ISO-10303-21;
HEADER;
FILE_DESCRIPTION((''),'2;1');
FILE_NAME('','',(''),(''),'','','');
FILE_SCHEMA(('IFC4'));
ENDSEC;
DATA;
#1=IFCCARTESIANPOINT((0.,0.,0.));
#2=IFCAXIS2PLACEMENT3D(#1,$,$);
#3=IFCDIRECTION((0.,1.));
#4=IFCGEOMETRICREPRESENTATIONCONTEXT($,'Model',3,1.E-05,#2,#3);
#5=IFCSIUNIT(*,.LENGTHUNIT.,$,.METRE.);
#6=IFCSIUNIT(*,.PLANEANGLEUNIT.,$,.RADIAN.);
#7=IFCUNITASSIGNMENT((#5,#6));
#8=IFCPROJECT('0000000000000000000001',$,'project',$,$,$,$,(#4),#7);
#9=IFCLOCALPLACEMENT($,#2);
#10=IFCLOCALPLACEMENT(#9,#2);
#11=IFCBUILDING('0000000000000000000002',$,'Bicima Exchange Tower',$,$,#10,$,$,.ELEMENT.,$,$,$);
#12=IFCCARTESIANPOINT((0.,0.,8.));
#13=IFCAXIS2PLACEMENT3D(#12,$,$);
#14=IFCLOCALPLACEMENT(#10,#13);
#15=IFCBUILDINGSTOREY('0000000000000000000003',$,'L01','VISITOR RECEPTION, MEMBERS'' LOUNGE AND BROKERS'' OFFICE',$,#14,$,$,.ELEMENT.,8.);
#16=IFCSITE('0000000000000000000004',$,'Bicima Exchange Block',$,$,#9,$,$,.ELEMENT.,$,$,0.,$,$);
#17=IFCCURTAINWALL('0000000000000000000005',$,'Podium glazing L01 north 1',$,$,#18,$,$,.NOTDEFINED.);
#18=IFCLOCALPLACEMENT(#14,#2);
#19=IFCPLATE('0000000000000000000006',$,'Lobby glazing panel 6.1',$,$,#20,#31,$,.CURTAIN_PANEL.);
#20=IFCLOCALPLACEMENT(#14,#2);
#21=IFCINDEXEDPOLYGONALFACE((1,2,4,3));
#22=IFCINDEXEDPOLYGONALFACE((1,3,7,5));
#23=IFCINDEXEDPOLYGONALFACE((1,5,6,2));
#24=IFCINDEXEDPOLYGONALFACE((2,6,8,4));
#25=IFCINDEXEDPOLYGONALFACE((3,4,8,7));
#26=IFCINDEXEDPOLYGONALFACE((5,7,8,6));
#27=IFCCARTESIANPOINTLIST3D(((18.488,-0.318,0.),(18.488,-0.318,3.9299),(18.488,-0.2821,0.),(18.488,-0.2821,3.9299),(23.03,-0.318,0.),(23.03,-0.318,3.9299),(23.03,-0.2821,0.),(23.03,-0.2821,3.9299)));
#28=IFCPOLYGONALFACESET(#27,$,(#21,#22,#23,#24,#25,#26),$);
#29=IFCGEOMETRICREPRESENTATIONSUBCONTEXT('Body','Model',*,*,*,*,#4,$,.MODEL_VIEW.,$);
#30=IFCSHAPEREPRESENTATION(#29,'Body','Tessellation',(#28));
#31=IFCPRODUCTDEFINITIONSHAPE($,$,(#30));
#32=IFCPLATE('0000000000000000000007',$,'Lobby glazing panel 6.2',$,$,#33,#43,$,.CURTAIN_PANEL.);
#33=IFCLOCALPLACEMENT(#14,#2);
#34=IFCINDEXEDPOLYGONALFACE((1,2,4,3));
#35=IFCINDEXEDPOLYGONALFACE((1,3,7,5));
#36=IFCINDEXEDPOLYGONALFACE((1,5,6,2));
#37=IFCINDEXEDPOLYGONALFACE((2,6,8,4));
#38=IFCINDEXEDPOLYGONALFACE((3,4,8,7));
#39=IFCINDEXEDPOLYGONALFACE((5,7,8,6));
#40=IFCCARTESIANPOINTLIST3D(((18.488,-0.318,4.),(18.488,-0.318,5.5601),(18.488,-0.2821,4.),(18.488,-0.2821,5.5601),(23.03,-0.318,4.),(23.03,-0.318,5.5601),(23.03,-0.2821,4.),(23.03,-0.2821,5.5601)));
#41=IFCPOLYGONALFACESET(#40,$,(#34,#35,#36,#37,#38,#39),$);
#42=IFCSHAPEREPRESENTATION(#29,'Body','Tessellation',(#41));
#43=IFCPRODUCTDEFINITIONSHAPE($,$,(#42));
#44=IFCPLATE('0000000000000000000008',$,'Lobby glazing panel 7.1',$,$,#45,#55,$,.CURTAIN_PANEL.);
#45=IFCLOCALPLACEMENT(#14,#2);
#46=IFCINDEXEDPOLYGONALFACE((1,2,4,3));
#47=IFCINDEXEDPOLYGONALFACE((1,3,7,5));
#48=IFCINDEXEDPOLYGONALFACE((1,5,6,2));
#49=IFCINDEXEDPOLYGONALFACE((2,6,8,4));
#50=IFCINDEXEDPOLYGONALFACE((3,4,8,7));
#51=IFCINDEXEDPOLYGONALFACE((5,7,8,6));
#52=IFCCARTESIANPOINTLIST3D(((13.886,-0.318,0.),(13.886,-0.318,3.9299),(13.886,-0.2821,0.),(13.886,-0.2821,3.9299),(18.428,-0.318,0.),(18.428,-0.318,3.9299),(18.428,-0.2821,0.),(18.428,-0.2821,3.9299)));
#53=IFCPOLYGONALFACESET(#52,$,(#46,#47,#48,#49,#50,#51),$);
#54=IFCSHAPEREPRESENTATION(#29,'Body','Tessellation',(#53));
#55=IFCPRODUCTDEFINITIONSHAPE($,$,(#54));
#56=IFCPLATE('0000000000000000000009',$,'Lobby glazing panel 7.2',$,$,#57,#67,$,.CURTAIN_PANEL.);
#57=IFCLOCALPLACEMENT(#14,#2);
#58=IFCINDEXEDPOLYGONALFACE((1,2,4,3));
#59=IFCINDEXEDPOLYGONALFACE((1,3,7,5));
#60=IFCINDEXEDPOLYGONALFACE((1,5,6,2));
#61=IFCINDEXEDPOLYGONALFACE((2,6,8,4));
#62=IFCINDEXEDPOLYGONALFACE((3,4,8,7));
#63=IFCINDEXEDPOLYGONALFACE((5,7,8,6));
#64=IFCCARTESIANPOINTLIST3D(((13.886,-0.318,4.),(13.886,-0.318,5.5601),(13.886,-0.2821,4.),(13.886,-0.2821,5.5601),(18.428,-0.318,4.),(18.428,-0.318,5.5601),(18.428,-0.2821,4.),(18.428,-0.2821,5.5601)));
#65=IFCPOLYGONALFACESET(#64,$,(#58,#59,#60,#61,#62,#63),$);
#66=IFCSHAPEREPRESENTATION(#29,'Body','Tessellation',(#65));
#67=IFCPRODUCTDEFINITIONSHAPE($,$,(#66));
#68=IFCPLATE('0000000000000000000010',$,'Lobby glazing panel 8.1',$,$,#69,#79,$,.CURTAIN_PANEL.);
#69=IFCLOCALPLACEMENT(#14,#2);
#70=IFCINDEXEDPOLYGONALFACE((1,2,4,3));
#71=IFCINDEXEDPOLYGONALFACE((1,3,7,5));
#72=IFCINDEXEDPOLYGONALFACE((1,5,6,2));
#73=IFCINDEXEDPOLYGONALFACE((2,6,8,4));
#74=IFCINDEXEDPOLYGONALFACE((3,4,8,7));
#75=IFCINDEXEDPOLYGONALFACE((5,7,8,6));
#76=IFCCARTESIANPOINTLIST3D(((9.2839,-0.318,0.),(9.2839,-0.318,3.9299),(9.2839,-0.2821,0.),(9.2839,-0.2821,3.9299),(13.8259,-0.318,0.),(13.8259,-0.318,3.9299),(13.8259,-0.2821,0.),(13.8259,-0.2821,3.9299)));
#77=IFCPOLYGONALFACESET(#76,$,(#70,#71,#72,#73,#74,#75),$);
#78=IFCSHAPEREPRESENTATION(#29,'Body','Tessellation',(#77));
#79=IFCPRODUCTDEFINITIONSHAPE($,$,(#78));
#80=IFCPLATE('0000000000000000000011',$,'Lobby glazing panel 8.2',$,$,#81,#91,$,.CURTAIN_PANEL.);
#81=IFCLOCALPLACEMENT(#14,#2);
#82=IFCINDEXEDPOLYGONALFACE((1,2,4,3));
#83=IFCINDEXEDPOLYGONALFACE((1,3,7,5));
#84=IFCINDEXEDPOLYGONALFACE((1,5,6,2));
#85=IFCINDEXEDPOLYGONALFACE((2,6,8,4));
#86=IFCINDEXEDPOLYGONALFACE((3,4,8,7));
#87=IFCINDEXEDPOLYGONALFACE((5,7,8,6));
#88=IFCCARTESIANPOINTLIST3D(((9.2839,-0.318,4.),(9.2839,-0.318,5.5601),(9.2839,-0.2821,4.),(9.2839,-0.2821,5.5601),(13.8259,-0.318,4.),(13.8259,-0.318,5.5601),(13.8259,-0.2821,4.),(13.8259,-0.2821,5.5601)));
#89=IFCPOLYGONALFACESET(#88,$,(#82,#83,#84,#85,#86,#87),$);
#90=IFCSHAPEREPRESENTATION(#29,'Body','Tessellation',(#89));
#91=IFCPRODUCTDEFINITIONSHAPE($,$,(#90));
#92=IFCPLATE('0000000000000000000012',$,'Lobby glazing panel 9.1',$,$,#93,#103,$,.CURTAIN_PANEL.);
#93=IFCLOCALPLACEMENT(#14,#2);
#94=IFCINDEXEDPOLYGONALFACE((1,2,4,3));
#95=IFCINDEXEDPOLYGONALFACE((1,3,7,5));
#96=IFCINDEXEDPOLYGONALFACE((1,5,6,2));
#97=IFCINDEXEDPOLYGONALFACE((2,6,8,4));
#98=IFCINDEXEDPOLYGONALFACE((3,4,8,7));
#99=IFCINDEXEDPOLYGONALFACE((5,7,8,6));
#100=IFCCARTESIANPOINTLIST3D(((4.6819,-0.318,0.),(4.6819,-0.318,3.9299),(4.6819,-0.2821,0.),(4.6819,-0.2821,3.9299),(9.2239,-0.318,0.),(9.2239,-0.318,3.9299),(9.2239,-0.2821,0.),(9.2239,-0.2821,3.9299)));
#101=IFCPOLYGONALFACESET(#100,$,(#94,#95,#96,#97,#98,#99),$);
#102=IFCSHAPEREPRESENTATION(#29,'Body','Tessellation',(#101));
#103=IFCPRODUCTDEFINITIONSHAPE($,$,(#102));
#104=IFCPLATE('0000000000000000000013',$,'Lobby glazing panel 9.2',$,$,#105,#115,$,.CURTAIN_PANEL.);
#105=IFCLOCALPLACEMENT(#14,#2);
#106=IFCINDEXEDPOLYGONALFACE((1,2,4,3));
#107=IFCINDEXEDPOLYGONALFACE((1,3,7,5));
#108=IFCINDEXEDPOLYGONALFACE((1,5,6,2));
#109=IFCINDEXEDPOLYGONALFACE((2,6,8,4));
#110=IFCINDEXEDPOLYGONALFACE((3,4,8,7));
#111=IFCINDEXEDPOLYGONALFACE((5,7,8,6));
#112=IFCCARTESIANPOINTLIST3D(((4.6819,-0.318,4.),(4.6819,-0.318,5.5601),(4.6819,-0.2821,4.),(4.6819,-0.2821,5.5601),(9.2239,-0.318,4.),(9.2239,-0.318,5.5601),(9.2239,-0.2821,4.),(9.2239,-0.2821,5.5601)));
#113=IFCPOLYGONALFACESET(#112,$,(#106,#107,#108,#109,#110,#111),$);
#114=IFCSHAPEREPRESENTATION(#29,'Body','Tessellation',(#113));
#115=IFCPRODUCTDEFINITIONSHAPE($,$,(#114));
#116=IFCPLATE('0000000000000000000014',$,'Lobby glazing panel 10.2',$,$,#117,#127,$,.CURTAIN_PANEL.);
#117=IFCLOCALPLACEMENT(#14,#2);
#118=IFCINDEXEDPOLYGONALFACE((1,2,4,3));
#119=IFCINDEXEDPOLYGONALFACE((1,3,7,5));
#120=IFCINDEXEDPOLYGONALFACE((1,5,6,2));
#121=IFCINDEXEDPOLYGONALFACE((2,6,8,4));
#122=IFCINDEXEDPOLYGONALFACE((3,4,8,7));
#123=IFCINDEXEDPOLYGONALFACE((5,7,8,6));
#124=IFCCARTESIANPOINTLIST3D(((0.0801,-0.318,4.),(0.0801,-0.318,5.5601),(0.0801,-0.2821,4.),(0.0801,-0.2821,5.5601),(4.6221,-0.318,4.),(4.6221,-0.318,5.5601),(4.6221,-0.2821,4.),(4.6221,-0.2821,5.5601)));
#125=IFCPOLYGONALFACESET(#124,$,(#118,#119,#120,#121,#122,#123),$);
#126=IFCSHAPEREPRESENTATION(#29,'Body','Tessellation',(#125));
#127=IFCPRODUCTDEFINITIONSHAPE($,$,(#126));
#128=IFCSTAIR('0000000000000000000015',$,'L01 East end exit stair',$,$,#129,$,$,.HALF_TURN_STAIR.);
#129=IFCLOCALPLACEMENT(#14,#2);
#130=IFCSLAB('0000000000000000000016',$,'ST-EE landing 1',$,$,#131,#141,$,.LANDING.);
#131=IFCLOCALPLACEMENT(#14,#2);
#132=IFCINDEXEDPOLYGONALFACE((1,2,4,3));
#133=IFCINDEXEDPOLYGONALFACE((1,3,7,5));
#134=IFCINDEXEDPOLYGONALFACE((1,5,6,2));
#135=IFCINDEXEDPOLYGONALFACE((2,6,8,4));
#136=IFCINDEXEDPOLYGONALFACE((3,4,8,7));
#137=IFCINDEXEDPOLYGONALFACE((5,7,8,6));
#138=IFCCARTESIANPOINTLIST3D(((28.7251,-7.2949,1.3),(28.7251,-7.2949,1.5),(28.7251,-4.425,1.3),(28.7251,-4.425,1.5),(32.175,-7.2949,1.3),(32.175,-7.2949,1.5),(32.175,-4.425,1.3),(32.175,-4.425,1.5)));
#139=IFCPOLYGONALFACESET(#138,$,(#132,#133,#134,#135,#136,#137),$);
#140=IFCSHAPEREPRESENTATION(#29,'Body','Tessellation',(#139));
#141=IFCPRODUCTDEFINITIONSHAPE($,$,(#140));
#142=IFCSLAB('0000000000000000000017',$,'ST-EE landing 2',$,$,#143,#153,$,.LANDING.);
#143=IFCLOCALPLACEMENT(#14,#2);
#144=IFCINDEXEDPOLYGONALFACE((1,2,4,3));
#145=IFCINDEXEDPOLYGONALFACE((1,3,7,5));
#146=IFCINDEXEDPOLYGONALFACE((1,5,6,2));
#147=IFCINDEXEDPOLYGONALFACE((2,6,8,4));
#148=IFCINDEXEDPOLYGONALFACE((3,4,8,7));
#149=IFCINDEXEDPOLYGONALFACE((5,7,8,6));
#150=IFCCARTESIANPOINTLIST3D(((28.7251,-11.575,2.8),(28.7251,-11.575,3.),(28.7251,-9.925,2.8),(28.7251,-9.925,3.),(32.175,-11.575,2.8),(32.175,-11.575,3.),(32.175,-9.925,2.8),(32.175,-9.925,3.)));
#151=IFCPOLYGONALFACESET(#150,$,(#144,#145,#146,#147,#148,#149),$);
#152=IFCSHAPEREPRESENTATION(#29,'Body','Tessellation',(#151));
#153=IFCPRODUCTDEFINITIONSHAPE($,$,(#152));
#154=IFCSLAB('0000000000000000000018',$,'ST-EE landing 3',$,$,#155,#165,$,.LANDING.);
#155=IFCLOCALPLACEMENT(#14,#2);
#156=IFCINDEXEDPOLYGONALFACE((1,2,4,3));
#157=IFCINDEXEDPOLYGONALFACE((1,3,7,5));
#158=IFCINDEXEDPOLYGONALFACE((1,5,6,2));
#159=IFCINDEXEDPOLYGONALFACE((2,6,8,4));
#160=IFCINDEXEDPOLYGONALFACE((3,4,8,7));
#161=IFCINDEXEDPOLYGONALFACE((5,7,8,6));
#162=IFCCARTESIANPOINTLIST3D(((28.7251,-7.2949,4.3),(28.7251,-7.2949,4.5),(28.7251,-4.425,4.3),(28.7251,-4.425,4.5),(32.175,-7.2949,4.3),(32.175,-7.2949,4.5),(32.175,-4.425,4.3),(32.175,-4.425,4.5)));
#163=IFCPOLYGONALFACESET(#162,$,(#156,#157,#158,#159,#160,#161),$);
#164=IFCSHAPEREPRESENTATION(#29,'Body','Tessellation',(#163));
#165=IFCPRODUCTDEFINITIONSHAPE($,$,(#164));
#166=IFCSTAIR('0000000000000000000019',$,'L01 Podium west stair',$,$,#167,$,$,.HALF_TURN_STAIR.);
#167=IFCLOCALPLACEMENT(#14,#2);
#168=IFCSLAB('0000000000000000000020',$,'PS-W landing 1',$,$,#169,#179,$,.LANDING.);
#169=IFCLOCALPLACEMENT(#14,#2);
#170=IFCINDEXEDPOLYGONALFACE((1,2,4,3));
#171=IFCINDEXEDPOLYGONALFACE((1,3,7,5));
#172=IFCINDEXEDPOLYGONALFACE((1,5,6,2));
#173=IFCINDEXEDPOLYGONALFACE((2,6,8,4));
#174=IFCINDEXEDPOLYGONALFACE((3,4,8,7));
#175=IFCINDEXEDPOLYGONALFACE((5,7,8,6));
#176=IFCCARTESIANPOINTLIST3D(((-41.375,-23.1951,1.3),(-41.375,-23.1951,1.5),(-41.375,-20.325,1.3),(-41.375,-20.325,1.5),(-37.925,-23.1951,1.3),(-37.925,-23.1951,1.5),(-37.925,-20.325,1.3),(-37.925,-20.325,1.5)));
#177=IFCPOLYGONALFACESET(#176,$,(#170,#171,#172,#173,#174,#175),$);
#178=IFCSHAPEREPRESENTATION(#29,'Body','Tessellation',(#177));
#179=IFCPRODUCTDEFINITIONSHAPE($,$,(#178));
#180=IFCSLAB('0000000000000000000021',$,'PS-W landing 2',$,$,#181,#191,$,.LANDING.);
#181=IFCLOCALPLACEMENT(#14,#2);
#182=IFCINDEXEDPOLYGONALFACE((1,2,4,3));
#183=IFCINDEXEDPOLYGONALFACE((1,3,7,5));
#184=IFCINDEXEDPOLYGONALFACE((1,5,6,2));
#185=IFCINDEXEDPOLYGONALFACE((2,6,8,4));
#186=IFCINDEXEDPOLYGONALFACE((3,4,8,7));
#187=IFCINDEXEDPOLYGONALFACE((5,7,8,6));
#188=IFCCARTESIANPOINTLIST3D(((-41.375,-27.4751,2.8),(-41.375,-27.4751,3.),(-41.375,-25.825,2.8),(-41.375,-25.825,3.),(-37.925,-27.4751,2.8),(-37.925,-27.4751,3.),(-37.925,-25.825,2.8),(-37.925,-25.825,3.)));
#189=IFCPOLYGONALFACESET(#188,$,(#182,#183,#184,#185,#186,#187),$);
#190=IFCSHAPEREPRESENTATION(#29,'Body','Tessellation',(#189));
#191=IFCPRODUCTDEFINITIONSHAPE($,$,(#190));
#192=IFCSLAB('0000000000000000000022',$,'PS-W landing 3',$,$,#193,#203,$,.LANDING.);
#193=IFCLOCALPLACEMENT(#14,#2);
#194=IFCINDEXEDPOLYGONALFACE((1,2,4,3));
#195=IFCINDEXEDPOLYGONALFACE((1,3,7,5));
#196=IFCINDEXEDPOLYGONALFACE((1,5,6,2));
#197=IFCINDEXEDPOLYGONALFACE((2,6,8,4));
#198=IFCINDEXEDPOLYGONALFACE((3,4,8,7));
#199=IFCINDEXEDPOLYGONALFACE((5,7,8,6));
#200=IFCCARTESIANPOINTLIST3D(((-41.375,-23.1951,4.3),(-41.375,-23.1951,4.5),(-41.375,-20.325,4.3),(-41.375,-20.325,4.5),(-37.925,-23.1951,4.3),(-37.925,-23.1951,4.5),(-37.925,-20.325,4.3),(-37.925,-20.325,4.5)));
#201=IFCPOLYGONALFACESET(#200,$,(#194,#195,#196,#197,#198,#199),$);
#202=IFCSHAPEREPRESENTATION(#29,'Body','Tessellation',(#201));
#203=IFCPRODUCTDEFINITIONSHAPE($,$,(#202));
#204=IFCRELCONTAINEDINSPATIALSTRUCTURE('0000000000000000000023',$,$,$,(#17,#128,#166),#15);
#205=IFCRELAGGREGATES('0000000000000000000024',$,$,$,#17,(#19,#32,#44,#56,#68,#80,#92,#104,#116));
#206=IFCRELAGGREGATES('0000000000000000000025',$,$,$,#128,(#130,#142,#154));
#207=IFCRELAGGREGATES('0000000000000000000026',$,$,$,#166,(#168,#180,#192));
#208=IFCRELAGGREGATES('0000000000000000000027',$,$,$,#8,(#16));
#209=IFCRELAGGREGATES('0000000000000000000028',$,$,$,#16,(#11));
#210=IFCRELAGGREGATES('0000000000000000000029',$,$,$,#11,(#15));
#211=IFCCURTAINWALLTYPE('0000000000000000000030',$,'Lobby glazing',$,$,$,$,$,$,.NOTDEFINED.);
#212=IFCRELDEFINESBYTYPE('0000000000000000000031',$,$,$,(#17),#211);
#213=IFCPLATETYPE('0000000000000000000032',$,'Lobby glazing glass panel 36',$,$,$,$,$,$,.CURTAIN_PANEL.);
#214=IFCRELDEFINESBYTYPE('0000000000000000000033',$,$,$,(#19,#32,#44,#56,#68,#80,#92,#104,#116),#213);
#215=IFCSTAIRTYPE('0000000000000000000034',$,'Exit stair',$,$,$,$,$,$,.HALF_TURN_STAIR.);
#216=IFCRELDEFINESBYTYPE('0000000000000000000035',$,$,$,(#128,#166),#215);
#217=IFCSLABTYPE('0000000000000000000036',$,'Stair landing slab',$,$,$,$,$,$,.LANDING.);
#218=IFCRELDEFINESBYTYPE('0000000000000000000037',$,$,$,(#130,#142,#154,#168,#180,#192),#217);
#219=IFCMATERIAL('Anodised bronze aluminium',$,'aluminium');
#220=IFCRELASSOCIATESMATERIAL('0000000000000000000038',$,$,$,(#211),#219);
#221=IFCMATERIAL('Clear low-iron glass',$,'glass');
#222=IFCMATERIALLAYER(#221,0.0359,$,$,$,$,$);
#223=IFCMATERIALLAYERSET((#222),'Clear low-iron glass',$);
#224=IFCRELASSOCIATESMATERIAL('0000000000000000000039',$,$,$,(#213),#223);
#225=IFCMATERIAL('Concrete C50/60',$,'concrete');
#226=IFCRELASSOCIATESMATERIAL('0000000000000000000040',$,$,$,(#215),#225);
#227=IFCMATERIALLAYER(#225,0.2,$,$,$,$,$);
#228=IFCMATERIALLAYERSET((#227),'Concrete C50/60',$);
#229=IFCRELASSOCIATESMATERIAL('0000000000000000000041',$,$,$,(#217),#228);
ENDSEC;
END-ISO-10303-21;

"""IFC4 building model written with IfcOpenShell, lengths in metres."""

from ifc_helpers import new_model, si_unit, direction, frame, origin, origin_2d, place, context, subcontext, project, spatial, polyline, rectangle, outline, extrude, material, layer, layer_set, type_object, element, aggregate, save


model = new_model("IFC4")

# Units and contexts
model_context = context("Model", 3, precision=1e-05, world=origin(), true_north=direction((0.0, 1.0)))
body_context = subcontext(model_context, "Body", "Model", "MODEL_VIEW")
ifc_project = project(units=[si_unit("LENGTHUNIT", "METRE"), si_unit("PLANEANGLEUNIT", "RADIAN")], contexts=[model_context])

# Site, building, storey
site_placement = place(None, origin())
site = spatial("IfcSite", under=ifc_project, at=site_placement, Name="Bicima Exchange Block", CompositionType="ELEMENT", RefElevation=0.0)
building_placement = place(site_placement, origin())
building = spatial("IfcBuilding", under=site, at=building_placement, Name="Bicima Exchange Tower", CompositionType="ELEMENT")
storey_placement = place(building_placement, frame((0.0, 0.0, 8.0)))
storey = spatial("IfcBuildingStorey", under=building, at=storey_placement, Name="L01", Description="VISITOR RECEPTION, MEMBERS' LOUNGE AND BROKERS' OFFICE", CompositionType="ELEMENT", Elevation=8.0)

# Curtain wall, plates
ifc_material_1 = material(Name="Anodised bronze aluminium", Category="aluminium")
curtain_wall_type = type_object("IfcCurtainWallType", Name="Lobby glazing", PredefinedType="NOTDEFINED", material=ifc_material_1)
curtain_wall_placement = place(storey_placement, origin())
curtain_wall = element("IfcCurtainWall", 1, at=curtain_wall_placement, inside=storey, type_object=curtain_wall_type, Name="Podium glazing L01 north 1", PredefinedType="NOTDEFINED")
ifc_material_2 = material(Name="Clear low-iron glass", Category="glass")
ifc_layer_1 = layer(ifc_material_2, 0.0359)
ifc_layer_set_1 = layer_set([ifc_layer_1], Name="Clear low-iron glass")
plate_type = type_object("IfcPlateType", Name="Lobby glazing glass panel 36", PredefinedType="CURTAIN_PANEL", material=ifc_layer_set_1)
plate_1_placement = place(storey_placement, frame((20.759, -0.3, 0.0), z_axis=(0.0, 0.0, 1.0), x_axis=(-1.0, 0.0, 0.0)))
plate_1 = element("IfcPlate", 2, at=plate_1_placement, type_object=plate_type, Name="Lobby glazing panel 6.1", PredefinedType="CURTAIN_PANEL", context=body_context, shape_type="SweptSolid", body=[
    extrude(rectangle(XDim=4.542, YDim=0.0359, at=origin_2d()), origin(), (0.0, 0.0, 1.0), 3.9299),
])
plate_2_placement = place(storey_placement, frame((20.759, -0.3, 4.0), z_axis=(0.0, 0.0, 1.0), x_axis=(-1.0, 0.0, 0.0)))
plate_2 = element("IfcPlate", 3, at=plate_2_placement, type_object=plate_type, Name="Lobby glazing panel 6.2", PredefinedType="CURTAIN_PANEL", context=body_context, shape_type="SweptSolid", body=[
    extrude(rectangle(XDim=4.542, YDim=0.0359, at=origin_2d()), origin(), (0.0, 0.0, 1.0), 1.5601),
])
plate_3_placement = place(storey_placement, frame((16.157, -0.3, 0.0), z_axis=(0.0, 0.0, 1.0), x_axis=(-1.0, 0.0, 0.0)))
plate_3 = element("IfcPlate", 4, at=plate_3_placement, type_object=plate_type, Name="Lobby glazing panel 7.1", PredefinedType="CURTAIN_PANEL", context=body_context, shape_type="SweptSolid", body=[
    extrude(rectangle(XDim=4.542, YDim=0.0359, at=origin_2d()), origin(), (0.0, 0.0, 1.0), 3.9299),
])
plate_4_placement = place(storey_placement, frame((16.157, -0.3, 4.0), z_axis=(0.0, 0.0, 1.0), x_axis=(-1.0, 0.0, 0.0)))
plate_4 = element("IfcPlate", 5, at=plate_4_placement, type_object=plate_type, Name="Lobby glazing panel 7.2", PredefinedType="CURTAIN_PANEL", context=body_context, shape_type="SweptSolid", body=[
    extrude(rectangle(XDim=4.542, YDim=0.0359, at=origin_2d()), origin(), (0.0, 0.0, 1.0), 1.5601),
])
plate_5_placement = place(storey_placement, frame((11.5549, -0.3, 0.0), z_axis=(0.0, 0.0, 1.0), x_axis=(-1.0, 0.0, 0.0)))
plate_5 = element("IfcPlate", 6, at=plate_5_placement, type_object=plate_type, Name="Lobby glazing panel 8.1", PredefinedType="CURTAIN_PANEL", context=body_context, shape_type="SweptSolid", body=[
    extrude(rectangle(XDim=4.542, YDim=0.0359, at=origin_2d()), origin(), (0.0, 0.0, 1.0), 3.9299),
])
plate_6_placement = place(storey_placement, frame((11.5549, -0.3, 4.0), z_axis=(0.0, 0.0, 1.0), x_axis=(-1.0, 0.0, 0.0)))
plate_6 = element("IfcPlate", 7, at=plate_6_placement, type_object=plate_type, Name="Lobby glazing panel 8.2", PredefinedType="CURTAIN_PANEL", context=body_context, shape_type="SweptSolid", body=[
    extrude(rectangle(XDim=4.542, YDim=0.0359, at=origin_2d()), origin(), (0.0, 0.0, 1.0), 1.5601),
])
plate_7_placement = place(storey_placement, frame((6.9529, -0.3, 0.0), z_axis=(0.0, 0.0, 1.0), x_axis=(-1.0, 0.0, 0.0)))
plate_7 = element("IfcPlate", 8, at=plate_7_placement, type_object=plate_type, Name="Lobby glazing panel 9.1", PredefinedType="CURTAIN_PANEL", context=body_context, shape_type="SweptSolid", body=[
    extrude(rectangle(XDim=4.542, YDim=0.0359, at=origin_2d()), origin(), (0.0, 0.0, 1.0), 3.9299),
])
plate_8_placement = place(storey_placement, frame((6.9529, -0.3, 4.0), z_axis=(0.0, 0.0, 1.0), x_axis=(-1.0, 0.0, 0.0)))
plate_8 = element("IfcPlate", 9, at=plate_8_placement, type_object=plate_type, Name="Lobby glazing panel 9.2", PredefinedType="CURTAIN_PANEL", context=body_context, shape_type="SweptSolid", body=[
    extrude(rectangle(XDim=4.542, YDim=0.0359, at=origin_2d()), origin(), (0.0, 0.0, 1.0), 1.5601),
])
plate_9_placement = place(storey_placement, frame((2.3511, -0.3, 4.0), z_axis=(0.0, 0.0, 1.0), x_axis=(-1.0, 0.0, 0.0)))
plate_9 = element("IfcPlate", 10, at=plate_9_placement, type_object=plate_type, Name="Lobby glazing panel 10.2", PredefinedType="CURTAIN_PANEL", context=body_context, shape_type="SweptSolid", body=[
    extrude(rectangle(XDim=4.542, YDim=0.0359, at=origin_2d()), origin(), (0.0, 0.0, 1.0), 1.5601),
])
aggregate(curtain_wall, [plate_1, plate_2, plate_3, plate_4, plate_5, plate_6, plate_7, plate_8, plate_9])

# Stairs, slabs
ifc_material_3 = material(Name="Concrete C50/60", Category="concrete")
stair_type = type_object("IfcStairType", Name="Exit stair", PredefinedType="HALF_TURN_STAIR", material=ifc_material_3)
stair_1_placement = place(storey_placement, origin())
stair_1 = element("IfcStair", 11, at=stair_1_placement, inside=storey, type_object=stair_type, Name="L01 East end exit stair", PredefinedType="HALF_TURN_STAIR")
ifc_layer_2 = layer(ifc_material_3, 0.2)
ifc_layer_set_2 = layer_set([ifc_layer_2], Name="Concrete C50/60")
slab_type = type_object("IfcSlabType", Name="Stair landing slab", PredefinedType="LANDING", material=ifc_layer_set_2)
slab_1_placement = place(storey_placement, frame((0.0, 0.0, 1.3)))
slab_1 = element("IfcSlab", 12, at=slab_1_placement, type_object=slab_type, Name="ST-EE landing 1", PredefinedType="LANDING", context=body_context, shape_type="SweptSolid", body=[
    extrude(outline(polyline([(32.175, -7.2949), (32.175, -4.425), (28.7251, -4.425), (28.7251, -7.2949), (32.175, -7.2949)])), origin(), (0.0, 0.0, 1.0), 0.2),
])
slab_2_placement = place(storey_placement, frame((0.0, 0.0, 2.8)))
slab_2 = element("IfcSlab", 13, at=slab_2_placement, type_object=slab_type, Name="ST-EE landing 2", PredefinedType="LANDING", context=body_context, shape_type="SweptSolid", body=[
    extrude(outline(polyline([(32.175, -11.575), (32.175, -9.925), (28.7251, -9.925), (28.7251, -11.575), (32.175, -11.575)])), origin(), (0.0, 0.0, 1.0), 0.2),
])
slab_3_placement = place(storey_placement, frame((0.0, 0.0, 4.3)))
slab_3 = element("IfcSlab", 14, at=slab_3_placement, type_object=slab_type, Name="ST-EE landing 3", PredefinedType="LANDING", context=body_context, shape_type="SweptSolid", body=[
    extrude(outline(polyline([(32.175, -7.2949), (32.175, -4.425), (28.7251, -4.425), (28.7251, -7.2949), (32.175, -7.2949)])), origin(), (0.0, 0.0, 1.0), 0.2),
])
aggregate(stair_1, [slab_1, slab_2, slab_3])
stair_2_placement = place(storey_placement, origin())
stair_2 = element("IfcStair", 15, at=stair_2_placement, inside=storey, type_object=stair_type, Name="L01 Podium west stair", PredefinedType="HALF_TURN_STAIR")
slab_4_placement = place(storey_placement, frame((0.0, 0.0, 1.3)))
slab_4 = element("IfcSlab", 16, at=slab_4_placement, type_object=slab_type, Name="PS-W landing 1", PredefinedType="LANDING", context=body_context, shape_type="SweptSolid", body=[
    extrude(outline(polyline([(-37.925, -23.1951), (-37.925, -20.325), (-41.375, -20.325), (-41.375, -23.1951), (-37.925, -23.1951)])), origin(), (0.0, 0.0, 1.0), 0.2),
])
slab_5_placement = place(storey_placement, frame((0.0, 0.0, 2.8)))
slab_5 = element("IfcSlab", 17, at=slab_5_placement, type_object=slab_type, Name="PS-W landing 2", PredefinedType="LANDING", context=body_context, shape_type="SweptSolid", body=[
    extrude(outline(polyline([(-37.925, -27.4751), (-37.925, -25.825), (-41.375, -25.825), (-41.375, -27.4751), (-37.925, -27.4751)])), origin(), (0.0, 0.0, 1.0), 0.2),
])
slab_6_placement = place(storey_placement, frame((0.0, 0.0, 4.3)))
slab_6 = element("IfcSlab", 18, at=slab_6_placement, type_object=slab_type, Name="PS-W landing 3", PredefinedType="LANDING", context=body_context, shape_type="SweptSolid", body=[
    extrude(outline(polyline([(-37.925, -23.1951), (-37.925, -20.325), (-41.375, -20.325), (-41.375, -23.1951), (-37.925, -23.1951)])), origin(), (0.0, 0.0, 1.0), 0.2),
])
aggregate(stair_2, [slab_4, slab_5, slab_6])

save(model, "model.ifc")
